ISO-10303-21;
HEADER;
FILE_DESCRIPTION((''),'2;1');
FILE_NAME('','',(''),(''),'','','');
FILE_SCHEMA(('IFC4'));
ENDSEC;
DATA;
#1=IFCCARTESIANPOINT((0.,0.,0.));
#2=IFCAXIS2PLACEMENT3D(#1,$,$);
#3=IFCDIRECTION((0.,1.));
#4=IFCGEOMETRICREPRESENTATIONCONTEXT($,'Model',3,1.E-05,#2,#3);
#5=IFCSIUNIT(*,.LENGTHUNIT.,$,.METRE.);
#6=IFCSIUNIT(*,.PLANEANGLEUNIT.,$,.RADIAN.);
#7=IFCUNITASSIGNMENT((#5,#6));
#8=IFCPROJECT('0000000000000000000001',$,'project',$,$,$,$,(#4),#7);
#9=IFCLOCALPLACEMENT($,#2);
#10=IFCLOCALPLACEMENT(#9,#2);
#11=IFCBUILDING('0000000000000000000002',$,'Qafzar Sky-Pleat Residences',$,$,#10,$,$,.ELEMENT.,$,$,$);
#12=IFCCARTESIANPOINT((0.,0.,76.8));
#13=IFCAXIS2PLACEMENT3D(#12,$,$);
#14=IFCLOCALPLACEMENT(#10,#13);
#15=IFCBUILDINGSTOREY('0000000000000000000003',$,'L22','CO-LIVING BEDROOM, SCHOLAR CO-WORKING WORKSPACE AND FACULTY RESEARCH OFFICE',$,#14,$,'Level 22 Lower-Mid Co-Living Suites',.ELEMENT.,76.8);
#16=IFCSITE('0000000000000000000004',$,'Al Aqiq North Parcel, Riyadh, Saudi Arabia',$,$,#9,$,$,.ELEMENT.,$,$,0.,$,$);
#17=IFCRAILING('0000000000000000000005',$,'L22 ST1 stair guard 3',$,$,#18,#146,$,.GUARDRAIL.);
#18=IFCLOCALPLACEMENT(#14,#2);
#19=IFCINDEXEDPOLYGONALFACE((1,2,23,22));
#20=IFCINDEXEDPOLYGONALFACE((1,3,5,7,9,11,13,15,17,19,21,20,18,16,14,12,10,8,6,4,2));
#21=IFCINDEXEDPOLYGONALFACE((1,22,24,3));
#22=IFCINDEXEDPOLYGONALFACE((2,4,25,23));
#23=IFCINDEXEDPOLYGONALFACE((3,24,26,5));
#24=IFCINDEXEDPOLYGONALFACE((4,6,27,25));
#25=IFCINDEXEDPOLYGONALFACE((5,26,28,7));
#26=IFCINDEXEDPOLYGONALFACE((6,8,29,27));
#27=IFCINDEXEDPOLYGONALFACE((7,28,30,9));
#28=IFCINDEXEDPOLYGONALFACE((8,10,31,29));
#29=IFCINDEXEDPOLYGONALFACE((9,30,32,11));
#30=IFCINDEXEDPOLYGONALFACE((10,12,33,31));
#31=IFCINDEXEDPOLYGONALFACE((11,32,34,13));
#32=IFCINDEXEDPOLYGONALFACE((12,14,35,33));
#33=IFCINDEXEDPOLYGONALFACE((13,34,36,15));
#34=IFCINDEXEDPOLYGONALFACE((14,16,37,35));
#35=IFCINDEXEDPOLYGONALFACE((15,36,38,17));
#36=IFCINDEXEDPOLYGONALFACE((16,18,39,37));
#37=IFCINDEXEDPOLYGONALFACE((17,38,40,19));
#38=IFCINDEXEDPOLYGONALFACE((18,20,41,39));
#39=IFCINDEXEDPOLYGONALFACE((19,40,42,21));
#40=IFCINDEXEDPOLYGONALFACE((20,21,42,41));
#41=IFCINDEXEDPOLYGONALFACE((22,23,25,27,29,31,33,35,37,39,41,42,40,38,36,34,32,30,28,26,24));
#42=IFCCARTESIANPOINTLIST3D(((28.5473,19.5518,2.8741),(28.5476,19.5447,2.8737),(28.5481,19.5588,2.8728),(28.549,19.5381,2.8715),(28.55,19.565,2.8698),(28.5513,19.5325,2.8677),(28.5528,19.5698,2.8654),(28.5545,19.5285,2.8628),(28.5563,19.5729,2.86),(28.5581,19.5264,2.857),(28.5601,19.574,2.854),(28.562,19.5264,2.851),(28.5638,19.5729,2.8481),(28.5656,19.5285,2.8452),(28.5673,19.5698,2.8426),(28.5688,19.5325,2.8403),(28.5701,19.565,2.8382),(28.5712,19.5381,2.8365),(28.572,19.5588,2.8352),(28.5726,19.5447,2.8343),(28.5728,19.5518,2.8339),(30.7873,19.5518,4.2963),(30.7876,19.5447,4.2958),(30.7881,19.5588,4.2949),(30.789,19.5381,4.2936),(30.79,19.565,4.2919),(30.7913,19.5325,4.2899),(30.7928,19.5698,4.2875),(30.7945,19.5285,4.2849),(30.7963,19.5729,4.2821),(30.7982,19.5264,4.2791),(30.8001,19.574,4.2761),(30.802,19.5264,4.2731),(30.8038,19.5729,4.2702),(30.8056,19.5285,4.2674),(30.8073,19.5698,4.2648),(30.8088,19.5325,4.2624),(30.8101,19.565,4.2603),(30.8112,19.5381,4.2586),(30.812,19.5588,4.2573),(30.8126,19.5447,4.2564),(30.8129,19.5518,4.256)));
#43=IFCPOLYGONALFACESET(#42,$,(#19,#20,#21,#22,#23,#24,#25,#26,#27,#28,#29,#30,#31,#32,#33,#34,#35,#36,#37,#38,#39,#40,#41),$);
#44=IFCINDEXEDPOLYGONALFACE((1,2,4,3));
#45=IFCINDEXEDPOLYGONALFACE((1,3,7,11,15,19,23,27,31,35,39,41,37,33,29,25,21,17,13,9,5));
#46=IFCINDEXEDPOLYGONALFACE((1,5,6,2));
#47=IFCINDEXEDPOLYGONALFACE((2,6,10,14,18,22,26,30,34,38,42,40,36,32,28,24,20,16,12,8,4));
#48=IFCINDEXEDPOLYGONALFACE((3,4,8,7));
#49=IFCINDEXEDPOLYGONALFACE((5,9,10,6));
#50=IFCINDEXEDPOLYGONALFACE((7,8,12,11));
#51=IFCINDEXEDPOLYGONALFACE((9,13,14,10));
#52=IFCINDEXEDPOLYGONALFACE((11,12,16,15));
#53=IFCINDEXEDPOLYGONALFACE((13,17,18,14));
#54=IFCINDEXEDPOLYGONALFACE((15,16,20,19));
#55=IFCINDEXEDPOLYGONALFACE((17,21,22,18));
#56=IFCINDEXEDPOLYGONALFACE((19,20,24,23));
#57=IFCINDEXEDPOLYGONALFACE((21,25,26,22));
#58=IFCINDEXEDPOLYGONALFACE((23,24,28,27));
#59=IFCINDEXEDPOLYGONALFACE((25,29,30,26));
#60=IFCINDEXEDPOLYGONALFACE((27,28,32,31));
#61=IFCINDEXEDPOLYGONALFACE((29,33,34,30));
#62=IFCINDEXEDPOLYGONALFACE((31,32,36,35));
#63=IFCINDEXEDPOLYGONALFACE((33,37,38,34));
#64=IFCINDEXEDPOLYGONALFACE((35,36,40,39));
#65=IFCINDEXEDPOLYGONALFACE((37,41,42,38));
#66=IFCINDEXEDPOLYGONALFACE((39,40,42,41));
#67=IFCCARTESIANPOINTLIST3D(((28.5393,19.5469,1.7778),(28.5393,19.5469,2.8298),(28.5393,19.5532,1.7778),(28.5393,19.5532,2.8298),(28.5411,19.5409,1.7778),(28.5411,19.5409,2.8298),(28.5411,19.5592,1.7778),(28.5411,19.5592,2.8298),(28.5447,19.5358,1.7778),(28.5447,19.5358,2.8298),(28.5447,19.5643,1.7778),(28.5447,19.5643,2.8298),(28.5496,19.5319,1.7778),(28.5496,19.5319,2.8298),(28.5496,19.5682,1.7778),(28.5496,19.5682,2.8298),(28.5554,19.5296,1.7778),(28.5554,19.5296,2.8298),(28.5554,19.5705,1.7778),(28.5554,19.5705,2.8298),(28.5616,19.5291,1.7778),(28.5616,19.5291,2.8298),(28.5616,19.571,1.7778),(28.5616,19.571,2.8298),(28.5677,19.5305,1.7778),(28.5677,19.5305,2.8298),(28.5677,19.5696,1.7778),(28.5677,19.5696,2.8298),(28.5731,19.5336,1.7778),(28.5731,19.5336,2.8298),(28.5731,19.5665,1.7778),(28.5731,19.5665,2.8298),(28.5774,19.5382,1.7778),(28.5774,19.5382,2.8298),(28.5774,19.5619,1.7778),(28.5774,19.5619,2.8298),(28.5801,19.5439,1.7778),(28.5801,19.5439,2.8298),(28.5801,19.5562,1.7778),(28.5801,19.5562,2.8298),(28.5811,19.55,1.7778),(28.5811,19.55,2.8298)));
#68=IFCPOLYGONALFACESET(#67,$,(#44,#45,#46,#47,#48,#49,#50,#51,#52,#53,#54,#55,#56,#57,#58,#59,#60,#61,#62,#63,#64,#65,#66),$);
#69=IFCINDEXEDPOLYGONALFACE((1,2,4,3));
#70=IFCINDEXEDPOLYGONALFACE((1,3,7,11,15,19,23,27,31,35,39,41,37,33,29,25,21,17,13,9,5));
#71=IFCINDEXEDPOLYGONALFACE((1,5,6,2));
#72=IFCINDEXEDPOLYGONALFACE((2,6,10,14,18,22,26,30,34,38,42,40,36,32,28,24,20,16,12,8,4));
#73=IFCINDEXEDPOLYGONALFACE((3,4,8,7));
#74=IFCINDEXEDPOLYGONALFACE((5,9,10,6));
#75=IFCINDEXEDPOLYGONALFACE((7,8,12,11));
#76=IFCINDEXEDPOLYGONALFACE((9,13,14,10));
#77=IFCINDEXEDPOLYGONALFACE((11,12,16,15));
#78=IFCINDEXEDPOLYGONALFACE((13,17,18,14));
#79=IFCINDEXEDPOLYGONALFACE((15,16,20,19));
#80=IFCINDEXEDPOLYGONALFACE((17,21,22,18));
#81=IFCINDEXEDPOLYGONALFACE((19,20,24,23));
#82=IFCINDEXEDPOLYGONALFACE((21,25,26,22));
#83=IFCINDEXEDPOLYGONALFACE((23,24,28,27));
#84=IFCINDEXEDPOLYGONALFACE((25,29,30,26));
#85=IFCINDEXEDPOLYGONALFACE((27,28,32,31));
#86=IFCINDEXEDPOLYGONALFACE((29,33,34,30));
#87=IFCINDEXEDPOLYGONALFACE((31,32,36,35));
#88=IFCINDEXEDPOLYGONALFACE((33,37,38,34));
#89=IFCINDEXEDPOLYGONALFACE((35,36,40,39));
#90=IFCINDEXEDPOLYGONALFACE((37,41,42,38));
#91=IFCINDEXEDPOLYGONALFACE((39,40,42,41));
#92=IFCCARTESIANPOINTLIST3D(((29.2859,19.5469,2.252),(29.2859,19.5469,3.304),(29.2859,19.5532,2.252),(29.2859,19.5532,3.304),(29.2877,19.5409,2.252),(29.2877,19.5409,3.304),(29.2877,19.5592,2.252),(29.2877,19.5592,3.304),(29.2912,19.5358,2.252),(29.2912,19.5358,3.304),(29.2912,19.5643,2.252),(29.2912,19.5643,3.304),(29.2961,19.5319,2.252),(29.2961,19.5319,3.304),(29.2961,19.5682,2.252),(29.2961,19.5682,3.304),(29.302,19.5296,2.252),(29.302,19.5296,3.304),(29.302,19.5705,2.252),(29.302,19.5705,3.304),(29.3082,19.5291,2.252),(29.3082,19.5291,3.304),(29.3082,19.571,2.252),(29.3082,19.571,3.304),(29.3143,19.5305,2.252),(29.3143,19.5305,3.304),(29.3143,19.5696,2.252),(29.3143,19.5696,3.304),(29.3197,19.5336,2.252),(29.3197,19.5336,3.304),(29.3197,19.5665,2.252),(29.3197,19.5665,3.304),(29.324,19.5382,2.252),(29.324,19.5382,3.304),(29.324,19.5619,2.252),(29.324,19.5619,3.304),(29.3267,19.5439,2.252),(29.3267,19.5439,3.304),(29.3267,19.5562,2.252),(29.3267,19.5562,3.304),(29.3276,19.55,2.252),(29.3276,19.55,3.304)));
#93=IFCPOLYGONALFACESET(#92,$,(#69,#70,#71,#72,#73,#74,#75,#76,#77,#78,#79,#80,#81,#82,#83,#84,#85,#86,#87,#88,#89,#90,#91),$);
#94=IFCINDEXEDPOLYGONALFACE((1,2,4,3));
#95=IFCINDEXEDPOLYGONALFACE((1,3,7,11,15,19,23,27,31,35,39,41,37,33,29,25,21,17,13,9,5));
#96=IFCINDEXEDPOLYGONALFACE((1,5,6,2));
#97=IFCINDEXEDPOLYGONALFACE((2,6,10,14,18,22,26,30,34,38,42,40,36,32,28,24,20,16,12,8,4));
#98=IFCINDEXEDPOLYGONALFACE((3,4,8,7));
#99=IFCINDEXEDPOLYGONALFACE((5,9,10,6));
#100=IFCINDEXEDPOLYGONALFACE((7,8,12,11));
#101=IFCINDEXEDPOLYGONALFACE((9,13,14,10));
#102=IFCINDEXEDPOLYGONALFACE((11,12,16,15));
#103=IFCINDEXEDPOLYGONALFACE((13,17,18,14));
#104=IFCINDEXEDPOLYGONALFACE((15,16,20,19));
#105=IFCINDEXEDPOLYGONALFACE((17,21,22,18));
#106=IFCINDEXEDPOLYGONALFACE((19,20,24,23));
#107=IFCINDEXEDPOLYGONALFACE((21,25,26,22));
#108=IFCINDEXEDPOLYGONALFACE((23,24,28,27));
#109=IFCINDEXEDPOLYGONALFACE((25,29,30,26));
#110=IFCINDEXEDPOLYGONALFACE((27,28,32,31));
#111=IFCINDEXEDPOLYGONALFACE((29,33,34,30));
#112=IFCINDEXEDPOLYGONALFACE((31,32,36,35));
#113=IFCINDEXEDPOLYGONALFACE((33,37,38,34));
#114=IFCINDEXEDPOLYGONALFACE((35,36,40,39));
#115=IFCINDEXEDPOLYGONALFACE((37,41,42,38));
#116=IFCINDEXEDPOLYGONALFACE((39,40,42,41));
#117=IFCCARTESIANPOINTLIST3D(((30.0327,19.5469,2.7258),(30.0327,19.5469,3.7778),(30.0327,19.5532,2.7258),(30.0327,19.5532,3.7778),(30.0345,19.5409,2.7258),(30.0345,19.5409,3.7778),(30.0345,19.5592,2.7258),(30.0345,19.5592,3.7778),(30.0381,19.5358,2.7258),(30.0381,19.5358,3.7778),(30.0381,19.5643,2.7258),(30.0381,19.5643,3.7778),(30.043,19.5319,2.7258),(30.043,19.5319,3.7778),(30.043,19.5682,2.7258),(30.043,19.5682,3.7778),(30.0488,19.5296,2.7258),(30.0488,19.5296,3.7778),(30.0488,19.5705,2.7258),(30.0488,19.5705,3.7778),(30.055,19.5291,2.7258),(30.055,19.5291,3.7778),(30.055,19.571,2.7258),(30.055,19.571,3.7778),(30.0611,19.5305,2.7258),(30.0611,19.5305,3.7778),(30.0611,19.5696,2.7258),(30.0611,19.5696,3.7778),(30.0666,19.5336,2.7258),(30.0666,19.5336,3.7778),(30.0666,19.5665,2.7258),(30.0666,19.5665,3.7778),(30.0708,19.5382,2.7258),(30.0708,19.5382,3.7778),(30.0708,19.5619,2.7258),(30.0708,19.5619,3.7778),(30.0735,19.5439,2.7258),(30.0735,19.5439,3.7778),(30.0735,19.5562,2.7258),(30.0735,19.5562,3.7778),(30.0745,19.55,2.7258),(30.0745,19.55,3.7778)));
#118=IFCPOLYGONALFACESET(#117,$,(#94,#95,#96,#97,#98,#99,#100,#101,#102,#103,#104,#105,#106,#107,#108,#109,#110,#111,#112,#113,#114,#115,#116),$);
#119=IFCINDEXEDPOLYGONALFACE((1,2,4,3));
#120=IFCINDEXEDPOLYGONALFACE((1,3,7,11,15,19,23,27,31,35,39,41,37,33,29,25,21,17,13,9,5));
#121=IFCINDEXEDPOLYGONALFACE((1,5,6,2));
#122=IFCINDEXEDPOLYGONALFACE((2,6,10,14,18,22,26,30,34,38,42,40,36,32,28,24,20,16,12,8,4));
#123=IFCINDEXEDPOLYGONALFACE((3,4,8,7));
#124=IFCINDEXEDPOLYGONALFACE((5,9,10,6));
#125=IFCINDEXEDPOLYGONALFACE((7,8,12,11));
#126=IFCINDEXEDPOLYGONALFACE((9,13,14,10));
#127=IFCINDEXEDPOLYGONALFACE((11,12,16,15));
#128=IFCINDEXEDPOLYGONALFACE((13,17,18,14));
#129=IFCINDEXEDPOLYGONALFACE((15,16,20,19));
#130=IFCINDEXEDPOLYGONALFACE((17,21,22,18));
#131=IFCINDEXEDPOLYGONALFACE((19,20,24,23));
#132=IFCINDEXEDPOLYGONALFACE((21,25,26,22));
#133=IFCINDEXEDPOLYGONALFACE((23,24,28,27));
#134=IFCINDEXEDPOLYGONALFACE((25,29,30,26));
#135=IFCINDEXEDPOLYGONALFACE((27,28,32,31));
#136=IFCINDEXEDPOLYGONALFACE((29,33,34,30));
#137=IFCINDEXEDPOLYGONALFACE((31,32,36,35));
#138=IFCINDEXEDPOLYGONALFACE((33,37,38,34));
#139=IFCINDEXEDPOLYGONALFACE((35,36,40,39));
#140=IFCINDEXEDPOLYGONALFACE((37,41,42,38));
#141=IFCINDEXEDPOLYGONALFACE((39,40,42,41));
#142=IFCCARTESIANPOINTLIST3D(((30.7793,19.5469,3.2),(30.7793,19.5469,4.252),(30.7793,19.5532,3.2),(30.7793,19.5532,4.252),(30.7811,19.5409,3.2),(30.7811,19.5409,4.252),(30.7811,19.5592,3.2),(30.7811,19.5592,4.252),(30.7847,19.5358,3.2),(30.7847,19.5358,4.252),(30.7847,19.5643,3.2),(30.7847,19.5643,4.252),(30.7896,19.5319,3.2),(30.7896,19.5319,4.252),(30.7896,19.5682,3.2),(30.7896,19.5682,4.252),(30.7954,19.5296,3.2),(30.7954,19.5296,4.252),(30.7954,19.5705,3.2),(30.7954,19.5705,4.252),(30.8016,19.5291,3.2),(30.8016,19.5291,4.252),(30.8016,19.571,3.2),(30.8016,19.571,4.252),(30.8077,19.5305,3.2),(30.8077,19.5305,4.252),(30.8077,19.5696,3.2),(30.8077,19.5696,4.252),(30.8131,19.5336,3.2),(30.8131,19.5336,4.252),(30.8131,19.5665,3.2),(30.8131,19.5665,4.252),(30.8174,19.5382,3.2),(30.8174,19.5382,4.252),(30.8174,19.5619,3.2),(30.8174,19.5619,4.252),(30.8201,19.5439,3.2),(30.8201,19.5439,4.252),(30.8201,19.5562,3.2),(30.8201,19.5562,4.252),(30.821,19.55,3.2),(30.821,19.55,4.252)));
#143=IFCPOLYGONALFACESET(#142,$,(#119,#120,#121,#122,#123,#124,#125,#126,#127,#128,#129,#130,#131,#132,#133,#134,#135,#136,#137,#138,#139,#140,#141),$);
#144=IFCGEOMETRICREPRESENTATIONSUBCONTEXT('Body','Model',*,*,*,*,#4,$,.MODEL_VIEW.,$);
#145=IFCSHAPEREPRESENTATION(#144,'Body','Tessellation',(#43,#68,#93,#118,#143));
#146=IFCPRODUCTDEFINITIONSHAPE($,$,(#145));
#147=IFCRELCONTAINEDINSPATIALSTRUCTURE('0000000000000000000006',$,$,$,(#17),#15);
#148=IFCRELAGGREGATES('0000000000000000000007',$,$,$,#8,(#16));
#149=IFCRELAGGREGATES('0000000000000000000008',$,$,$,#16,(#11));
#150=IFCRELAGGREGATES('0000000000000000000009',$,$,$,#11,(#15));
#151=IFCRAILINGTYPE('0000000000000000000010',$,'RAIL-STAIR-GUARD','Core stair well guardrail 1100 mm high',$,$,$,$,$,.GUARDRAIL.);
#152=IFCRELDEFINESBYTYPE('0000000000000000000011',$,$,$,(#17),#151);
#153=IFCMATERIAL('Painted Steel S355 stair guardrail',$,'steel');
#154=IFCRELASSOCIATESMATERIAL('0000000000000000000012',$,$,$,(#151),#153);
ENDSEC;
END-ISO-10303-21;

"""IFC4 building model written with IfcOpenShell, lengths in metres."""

from ifc_helpers import new_model, si_unit, direction, frame, origin, origin_2d, place, context, subcontext, project, spatial, circle, extrude, source, transform, mapped, material, type_object, element, save


model = new_model("IFC4")

# Units and contexts
model_context = context("Model", 3, precision=1e-05, world=origin(), true_north=direction((0.0, 1.0)))
body_context = subcontext(model_context, "Body", "Model", "MODEL_VIEW")
ifc_project = project(units=[si_unit("LENGTHUNIT", "METRE"), si_unit("PLANEANGLEUNIT", "RADIAN")], contexts=[model_context])

# Site, building, storey
site_placement = place(None, origin())
site = spatial("IfcSite", under=ifc_project, at=site_placement, Name="Al Aqiq North Parcel, Riyadh, Saudi Arabia", CompositionType="ELEMENT", RefElevation=0.0)
building_placement = place(site_placement, origin())
building = spatial("IfcBuilding", under=site, at=building_placement, Name="Qafzar Sky-Pleat Residences", CompositionType="ELEMENT")
storey_placement = place(building_placement, frame((0.0, 0.0, 76.8)))
storey = spatial("IfcBuildingStorey", under=building, at=storey_placement, Name="L22", Description="CO-LIVING BEDROOM, SCHOLAR CO-WORKING WORKSPACE AND FACULTY RESEARCH OFFICE", LongName="Level 22 Lower-Mid Co-Living Suites", CompositionType="ELEMENT", Elevation=76.8)

# Railing
ifc_material_1 = material(Name="Painted Steel S355 stair guardrail", Category="steel")
railing_type_1 = type_object("IfcRailingType", Name="RAIL-STAIR-GUARD", Description="Core stair well guardrail 1100 mm high", PredefinedType="GUARDRAIL", material=ifc_material_1)
shared_shape_1 = source(origin(), body_context, "Body", "SweptSolid", [
    extrude(circle(Radius=0.0239, at=origin_2d()), frame((0.0, 0.0, 1.0762), z_axis=(0.844229, 0.0, 0.535982), x_axis=(0.0, 1.0, 0.0)), (0.0, 0.0, 1.0), 2.6533),
    extrude(circle(Radius=0.021, at=origin_2d()), origin(), (0.0, 0.0, 1.0), 1.052),
    extrude(circle(Radius=0.021, at=origin_2d()), frame((0.7466, 0.0, 0.4741)), (0.0, 0.0, 1.0), 1.052),
    extrude(circle(Radius=0.021, at=origin_2d()), frame((1.4934, 0.0, 0.948)), (0.0, 0.0, 1.0), 1.052),
    extrude(circle(Radius=0.021, at=origin_2d()), frame((2.24, 0.0, 1.4221)), (0.0, 0.0, 1.0), 1.052),
])
railing_1_placement = place(storey_placement, frame((28.5601, 19.55, 1.7778)))
element("IfcRailing", 1, at=railing_1_placement, inside=storey, type_object=railing_type_1, Name="L22 ST1 stair guard 3", PredefinedType="GUARDRAIL", context=body_context, shape_type="MappedRepresentation", body=[
    mapped(shared_shape_1, transform((0.0, 0.0, 0.0), x_axis=(1.0, 0.0, 0.0), y_axis=(0.0, 1.0, 0.0), z_axis=(0.0, 0.0, 1.0), scale=1.0)),
])

save(model, "model.ifc")
